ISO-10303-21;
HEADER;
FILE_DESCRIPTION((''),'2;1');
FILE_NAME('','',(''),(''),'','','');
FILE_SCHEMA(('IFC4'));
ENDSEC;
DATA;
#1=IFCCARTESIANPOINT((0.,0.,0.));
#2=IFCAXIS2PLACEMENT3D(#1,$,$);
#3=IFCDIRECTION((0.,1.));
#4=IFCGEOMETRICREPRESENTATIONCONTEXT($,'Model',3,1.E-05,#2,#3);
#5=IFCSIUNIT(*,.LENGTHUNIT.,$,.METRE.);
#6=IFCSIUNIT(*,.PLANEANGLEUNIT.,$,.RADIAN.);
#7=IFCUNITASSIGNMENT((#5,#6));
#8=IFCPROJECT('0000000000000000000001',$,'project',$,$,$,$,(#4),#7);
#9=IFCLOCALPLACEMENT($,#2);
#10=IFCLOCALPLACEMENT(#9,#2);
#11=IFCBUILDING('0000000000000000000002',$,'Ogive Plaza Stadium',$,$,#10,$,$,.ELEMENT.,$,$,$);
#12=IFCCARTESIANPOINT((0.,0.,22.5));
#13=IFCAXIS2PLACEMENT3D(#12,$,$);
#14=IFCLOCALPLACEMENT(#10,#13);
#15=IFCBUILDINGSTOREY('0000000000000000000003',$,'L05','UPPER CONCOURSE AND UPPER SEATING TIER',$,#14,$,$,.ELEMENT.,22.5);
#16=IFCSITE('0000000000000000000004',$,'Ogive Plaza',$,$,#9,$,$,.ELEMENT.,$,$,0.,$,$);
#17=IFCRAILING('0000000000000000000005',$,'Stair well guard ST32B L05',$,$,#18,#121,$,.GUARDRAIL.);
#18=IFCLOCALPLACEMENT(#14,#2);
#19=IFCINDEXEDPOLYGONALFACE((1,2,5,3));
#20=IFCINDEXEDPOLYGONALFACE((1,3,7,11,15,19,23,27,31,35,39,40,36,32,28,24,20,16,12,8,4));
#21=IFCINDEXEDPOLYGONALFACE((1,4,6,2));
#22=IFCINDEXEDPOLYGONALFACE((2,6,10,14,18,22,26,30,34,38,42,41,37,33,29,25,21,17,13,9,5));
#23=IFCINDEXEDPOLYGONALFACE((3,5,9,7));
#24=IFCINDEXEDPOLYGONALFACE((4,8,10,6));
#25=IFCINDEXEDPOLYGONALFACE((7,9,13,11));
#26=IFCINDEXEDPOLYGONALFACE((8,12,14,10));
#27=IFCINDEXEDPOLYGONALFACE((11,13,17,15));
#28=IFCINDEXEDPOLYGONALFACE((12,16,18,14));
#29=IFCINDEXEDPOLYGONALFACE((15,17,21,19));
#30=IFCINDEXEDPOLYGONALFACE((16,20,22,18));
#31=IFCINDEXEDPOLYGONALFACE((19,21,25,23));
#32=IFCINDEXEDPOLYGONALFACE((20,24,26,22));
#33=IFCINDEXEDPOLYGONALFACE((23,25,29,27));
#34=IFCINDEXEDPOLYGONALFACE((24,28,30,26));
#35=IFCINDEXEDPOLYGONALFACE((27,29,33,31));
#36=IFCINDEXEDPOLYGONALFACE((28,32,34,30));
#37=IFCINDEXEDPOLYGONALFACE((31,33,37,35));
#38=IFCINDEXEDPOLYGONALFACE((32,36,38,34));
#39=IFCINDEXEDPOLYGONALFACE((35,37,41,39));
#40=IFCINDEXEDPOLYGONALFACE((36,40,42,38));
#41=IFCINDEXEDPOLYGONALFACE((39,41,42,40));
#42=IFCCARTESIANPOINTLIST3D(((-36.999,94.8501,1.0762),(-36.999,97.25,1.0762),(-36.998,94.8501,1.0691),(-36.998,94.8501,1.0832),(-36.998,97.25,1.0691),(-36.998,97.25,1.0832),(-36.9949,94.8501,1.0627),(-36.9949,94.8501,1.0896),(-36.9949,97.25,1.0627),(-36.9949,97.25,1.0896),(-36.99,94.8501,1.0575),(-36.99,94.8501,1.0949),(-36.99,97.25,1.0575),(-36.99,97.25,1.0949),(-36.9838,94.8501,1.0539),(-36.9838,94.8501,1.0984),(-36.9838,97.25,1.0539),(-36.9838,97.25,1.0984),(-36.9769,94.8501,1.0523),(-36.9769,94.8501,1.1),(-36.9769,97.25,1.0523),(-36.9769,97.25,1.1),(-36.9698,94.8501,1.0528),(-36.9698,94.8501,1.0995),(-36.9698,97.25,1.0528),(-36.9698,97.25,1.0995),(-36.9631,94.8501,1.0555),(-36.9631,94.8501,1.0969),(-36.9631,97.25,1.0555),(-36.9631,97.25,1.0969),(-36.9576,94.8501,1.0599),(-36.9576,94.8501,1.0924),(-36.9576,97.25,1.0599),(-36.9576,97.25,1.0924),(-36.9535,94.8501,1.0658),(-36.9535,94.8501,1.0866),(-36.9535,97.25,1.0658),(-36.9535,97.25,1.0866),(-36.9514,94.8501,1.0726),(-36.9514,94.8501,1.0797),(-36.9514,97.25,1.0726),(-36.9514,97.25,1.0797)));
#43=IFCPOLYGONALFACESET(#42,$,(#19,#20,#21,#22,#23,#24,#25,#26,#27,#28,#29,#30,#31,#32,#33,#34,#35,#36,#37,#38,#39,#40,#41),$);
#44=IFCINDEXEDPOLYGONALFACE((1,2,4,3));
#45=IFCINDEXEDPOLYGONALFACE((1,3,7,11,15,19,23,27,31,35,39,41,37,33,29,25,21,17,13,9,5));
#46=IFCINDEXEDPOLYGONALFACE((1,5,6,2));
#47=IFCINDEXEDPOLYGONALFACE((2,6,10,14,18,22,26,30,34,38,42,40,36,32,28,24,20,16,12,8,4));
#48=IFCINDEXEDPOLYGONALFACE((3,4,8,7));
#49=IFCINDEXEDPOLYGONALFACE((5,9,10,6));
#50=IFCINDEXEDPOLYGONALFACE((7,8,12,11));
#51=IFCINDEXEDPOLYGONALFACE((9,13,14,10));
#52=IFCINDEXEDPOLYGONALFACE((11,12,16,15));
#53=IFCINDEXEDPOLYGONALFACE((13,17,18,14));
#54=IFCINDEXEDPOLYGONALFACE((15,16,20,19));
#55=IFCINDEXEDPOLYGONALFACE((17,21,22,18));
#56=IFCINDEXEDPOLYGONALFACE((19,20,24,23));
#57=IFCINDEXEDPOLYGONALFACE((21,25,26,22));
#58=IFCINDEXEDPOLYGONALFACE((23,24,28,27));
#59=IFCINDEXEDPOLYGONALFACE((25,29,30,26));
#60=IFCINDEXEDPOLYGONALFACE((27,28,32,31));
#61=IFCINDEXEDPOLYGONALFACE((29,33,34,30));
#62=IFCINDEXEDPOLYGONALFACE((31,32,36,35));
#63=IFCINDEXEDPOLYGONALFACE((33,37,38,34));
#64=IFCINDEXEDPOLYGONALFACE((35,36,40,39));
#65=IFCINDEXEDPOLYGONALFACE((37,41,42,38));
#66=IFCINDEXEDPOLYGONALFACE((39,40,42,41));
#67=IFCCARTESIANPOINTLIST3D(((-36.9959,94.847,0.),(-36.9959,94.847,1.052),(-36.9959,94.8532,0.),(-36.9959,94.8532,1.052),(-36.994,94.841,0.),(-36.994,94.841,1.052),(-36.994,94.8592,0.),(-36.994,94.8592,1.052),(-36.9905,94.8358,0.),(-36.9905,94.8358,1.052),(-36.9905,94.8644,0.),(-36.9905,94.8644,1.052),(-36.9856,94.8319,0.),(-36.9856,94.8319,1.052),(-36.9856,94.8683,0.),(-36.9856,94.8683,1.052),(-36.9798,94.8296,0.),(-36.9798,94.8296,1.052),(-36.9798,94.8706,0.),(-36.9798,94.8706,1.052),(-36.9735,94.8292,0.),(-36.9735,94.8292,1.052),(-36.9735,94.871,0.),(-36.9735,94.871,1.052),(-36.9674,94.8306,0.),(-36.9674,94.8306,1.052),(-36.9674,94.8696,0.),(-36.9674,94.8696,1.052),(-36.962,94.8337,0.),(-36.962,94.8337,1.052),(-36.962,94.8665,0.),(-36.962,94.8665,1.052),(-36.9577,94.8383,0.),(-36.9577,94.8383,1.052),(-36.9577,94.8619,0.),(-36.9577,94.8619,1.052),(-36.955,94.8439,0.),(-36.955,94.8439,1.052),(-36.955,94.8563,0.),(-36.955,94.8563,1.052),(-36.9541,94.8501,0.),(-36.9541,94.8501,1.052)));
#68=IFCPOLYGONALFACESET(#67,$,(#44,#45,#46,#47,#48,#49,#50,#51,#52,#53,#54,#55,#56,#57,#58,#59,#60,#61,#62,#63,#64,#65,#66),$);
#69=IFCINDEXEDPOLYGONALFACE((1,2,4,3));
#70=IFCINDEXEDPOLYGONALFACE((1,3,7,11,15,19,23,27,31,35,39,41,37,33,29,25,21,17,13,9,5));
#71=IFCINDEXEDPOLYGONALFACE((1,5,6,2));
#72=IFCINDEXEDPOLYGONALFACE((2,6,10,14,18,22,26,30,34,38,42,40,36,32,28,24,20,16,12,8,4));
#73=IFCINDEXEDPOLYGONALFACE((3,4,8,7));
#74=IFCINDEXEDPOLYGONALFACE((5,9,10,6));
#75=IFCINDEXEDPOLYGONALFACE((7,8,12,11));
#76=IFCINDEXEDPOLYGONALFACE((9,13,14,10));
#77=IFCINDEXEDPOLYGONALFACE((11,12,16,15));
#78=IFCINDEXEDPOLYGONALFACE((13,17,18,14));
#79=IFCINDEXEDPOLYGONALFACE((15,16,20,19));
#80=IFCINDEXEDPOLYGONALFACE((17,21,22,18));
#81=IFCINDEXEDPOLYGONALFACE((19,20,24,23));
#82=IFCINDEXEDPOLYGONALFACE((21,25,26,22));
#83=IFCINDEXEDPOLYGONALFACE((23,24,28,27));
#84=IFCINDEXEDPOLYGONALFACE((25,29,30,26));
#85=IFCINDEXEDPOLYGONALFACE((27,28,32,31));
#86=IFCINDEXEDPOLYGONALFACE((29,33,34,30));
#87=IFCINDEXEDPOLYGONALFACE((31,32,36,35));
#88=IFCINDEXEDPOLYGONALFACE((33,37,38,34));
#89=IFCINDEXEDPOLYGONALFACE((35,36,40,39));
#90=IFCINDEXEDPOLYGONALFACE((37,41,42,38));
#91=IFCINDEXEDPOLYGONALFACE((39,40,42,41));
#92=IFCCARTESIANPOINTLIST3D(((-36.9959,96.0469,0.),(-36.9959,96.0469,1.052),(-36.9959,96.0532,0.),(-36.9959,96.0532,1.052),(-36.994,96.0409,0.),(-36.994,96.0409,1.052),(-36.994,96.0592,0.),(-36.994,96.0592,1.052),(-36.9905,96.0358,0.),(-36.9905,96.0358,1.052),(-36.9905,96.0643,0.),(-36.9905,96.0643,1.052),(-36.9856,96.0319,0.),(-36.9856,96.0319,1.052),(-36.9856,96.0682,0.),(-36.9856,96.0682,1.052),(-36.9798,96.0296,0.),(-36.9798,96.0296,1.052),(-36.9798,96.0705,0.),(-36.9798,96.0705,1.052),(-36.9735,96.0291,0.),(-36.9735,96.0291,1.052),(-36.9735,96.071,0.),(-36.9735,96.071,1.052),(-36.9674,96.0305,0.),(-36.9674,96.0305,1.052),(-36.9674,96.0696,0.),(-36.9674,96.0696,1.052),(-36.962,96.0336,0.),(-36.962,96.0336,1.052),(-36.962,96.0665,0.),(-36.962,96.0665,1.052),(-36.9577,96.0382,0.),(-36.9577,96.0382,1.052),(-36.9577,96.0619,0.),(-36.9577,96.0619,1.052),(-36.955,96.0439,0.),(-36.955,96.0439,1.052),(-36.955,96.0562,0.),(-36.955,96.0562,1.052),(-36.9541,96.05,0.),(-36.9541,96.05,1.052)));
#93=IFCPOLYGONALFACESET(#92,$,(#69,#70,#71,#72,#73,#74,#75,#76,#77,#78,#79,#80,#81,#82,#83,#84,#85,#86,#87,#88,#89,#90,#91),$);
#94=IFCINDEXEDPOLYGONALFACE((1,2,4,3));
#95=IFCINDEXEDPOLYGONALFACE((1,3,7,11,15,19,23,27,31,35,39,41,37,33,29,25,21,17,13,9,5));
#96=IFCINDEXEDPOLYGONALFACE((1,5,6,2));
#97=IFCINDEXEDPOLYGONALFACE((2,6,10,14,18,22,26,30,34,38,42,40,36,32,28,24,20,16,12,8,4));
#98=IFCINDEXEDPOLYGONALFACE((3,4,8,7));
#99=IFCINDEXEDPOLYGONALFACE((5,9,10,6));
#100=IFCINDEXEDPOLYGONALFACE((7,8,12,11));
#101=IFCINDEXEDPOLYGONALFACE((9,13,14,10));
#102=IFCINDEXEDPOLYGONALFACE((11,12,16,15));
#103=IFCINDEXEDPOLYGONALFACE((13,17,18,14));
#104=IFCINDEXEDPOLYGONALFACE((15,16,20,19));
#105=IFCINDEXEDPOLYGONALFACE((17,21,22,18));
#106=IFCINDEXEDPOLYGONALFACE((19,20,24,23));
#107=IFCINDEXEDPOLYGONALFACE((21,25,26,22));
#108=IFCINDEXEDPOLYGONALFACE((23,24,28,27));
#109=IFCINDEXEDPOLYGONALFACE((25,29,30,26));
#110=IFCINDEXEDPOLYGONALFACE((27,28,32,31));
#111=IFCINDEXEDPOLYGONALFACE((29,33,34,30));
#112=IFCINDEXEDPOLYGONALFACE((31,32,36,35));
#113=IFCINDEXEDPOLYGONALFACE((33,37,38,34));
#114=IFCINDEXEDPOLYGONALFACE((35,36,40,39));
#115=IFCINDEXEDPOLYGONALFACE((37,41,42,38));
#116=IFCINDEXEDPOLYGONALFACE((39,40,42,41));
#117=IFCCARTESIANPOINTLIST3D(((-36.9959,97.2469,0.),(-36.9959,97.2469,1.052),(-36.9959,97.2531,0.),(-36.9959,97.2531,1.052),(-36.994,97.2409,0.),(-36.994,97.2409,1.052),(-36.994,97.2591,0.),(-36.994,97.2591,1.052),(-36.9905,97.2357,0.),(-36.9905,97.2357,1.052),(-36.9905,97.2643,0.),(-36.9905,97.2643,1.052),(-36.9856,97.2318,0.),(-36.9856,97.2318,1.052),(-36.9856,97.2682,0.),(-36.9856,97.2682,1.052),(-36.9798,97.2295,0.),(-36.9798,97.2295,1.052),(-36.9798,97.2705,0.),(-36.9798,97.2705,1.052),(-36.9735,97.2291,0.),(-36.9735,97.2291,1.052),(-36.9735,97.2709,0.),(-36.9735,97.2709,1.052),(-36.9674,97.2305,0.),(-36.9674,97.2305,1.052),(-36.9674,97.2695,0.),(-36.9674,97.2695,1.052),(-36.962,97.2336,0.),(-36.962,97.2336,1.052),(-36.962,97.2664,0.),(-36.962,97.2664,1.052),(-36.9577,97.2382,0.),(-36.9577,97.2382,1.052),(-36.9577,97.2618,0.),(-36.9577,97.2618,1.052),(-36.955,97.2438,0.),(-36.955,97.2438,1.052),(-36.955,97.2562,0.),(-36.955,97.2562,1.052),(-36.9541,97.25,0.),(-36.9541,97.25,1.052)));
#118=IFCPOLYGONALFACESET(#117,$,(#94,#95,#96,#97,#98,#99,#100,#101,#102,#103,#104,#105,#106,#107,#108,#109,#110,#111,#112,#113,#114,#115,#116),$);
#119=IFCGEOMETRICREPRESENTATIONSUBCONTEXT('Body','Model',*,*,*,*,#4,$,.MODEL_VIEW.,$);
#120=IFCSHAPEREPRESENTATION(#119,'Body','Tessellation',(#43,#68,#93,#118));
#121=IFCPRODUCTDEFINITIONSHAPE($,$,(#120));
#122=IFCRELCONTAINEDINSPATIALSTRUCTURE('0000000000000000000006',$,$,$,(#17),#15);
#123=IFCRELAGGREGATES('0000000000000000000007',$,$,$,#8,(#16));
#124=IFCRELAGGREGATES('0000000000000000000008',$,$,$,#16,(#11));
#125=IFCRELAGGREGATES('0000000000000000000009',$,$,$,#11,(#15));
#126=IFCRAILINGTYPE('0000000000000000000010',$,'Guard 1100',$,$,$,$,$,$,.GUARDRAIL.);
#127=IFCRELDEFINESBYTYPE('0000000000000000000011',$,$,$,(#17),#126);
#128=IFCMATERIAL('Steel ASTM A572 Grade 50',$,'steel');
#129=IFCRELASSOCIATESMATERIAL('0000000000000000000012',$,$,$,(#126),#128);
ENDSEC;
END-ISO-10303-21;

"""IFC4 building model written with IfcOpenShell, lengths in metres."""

from ifc_helpers import new_model, si_unit, direction, frame, origin, origin_2d, place, context, subcontext, project, spatial, circle, extrude, material, type_object, element, save


model = new_model("IFC4")

# Units and contexts
model_context = context("Model", 3, precision=1e-05, world=origin(), true_north=direction((0.0, 1.0)))
body_context = subcontext(model_context, "Body", "Model", "MODEL_VIEW")
ifc_project = project(units=[si_unit("LENGTHUNIT", "METRE"), si_unit("PLANEANGLEUNIT", "RADIAN")], contexts=[model_context])

# Site, building, storey
site_placement = place(None, origin())
site = spatial("IfcSite", under=ifc_project, at=site_placement, Name="Ogive Plaza", CompositionType="ELEMENT", RefElevation=0.0)
building_placement = place(site_placement, origin())
building = spatial("IfcBuilding", under=site, at=building_placement, Name="Ogive Plaza Stadium", CompositionType="ELEMENT")
storey_placement = place(building_placement, frame((0.0, 0.0, 22.5)))
storey = spatial("IfcBuildingStorey", under=building, at=storey_placement, Name="L05", Description="UPPER CONCOURSE AND UPPER SEATING TIER", CompositionType="ELEMENT", Elevation=22.5)

# Railing
ifc_material_1 = material(Name="Steel ASTM A572 Grade 50", Category="steel")
railing_type = type_object("IfcRailingType", Name="Guard 1100", PredefinedType="GUARDRAIL", material=ifc_material_1)
railing_1_placement = place(storey_placement, frame((-36.9751, 94.8501, 0.0)))
element("IfcRailing", 1, at=railing_1_placement, inside=storey, type_object=railing_type, Name="Stair well guard ST32B L05", PredefinedType="GUARDRAIL", context=body_context, shape_type="SweptSolid", body=[
    extrude(circle(Radius=0.0239, at=origin_2d()), frame((0.0, 0.0, 1.0762), z_axis=(0.0, 1.0, 0.0), x_axis=(-1.0, 0.0, 0.0)), (0.0, 0.0, 1.0), 2.3999),
    extrude(circle(Radius=0.021, at=origin_2d()), origin(), (0.0, 0.0, 1.0), 1.052),
    extrude(circle(Radius=0.021, at=origin_2d()), frame((0.0, 1.2, 0.0)), (0.0, 0.0, 1.0), 1.052),
    extrude(circle(Radius=0.021, at=origin_2d()), frame((0.0, 2.3999, 0.0)), (0.0, 0.0, 1.0), 1.052),
])

save(model, "model.ifc")
